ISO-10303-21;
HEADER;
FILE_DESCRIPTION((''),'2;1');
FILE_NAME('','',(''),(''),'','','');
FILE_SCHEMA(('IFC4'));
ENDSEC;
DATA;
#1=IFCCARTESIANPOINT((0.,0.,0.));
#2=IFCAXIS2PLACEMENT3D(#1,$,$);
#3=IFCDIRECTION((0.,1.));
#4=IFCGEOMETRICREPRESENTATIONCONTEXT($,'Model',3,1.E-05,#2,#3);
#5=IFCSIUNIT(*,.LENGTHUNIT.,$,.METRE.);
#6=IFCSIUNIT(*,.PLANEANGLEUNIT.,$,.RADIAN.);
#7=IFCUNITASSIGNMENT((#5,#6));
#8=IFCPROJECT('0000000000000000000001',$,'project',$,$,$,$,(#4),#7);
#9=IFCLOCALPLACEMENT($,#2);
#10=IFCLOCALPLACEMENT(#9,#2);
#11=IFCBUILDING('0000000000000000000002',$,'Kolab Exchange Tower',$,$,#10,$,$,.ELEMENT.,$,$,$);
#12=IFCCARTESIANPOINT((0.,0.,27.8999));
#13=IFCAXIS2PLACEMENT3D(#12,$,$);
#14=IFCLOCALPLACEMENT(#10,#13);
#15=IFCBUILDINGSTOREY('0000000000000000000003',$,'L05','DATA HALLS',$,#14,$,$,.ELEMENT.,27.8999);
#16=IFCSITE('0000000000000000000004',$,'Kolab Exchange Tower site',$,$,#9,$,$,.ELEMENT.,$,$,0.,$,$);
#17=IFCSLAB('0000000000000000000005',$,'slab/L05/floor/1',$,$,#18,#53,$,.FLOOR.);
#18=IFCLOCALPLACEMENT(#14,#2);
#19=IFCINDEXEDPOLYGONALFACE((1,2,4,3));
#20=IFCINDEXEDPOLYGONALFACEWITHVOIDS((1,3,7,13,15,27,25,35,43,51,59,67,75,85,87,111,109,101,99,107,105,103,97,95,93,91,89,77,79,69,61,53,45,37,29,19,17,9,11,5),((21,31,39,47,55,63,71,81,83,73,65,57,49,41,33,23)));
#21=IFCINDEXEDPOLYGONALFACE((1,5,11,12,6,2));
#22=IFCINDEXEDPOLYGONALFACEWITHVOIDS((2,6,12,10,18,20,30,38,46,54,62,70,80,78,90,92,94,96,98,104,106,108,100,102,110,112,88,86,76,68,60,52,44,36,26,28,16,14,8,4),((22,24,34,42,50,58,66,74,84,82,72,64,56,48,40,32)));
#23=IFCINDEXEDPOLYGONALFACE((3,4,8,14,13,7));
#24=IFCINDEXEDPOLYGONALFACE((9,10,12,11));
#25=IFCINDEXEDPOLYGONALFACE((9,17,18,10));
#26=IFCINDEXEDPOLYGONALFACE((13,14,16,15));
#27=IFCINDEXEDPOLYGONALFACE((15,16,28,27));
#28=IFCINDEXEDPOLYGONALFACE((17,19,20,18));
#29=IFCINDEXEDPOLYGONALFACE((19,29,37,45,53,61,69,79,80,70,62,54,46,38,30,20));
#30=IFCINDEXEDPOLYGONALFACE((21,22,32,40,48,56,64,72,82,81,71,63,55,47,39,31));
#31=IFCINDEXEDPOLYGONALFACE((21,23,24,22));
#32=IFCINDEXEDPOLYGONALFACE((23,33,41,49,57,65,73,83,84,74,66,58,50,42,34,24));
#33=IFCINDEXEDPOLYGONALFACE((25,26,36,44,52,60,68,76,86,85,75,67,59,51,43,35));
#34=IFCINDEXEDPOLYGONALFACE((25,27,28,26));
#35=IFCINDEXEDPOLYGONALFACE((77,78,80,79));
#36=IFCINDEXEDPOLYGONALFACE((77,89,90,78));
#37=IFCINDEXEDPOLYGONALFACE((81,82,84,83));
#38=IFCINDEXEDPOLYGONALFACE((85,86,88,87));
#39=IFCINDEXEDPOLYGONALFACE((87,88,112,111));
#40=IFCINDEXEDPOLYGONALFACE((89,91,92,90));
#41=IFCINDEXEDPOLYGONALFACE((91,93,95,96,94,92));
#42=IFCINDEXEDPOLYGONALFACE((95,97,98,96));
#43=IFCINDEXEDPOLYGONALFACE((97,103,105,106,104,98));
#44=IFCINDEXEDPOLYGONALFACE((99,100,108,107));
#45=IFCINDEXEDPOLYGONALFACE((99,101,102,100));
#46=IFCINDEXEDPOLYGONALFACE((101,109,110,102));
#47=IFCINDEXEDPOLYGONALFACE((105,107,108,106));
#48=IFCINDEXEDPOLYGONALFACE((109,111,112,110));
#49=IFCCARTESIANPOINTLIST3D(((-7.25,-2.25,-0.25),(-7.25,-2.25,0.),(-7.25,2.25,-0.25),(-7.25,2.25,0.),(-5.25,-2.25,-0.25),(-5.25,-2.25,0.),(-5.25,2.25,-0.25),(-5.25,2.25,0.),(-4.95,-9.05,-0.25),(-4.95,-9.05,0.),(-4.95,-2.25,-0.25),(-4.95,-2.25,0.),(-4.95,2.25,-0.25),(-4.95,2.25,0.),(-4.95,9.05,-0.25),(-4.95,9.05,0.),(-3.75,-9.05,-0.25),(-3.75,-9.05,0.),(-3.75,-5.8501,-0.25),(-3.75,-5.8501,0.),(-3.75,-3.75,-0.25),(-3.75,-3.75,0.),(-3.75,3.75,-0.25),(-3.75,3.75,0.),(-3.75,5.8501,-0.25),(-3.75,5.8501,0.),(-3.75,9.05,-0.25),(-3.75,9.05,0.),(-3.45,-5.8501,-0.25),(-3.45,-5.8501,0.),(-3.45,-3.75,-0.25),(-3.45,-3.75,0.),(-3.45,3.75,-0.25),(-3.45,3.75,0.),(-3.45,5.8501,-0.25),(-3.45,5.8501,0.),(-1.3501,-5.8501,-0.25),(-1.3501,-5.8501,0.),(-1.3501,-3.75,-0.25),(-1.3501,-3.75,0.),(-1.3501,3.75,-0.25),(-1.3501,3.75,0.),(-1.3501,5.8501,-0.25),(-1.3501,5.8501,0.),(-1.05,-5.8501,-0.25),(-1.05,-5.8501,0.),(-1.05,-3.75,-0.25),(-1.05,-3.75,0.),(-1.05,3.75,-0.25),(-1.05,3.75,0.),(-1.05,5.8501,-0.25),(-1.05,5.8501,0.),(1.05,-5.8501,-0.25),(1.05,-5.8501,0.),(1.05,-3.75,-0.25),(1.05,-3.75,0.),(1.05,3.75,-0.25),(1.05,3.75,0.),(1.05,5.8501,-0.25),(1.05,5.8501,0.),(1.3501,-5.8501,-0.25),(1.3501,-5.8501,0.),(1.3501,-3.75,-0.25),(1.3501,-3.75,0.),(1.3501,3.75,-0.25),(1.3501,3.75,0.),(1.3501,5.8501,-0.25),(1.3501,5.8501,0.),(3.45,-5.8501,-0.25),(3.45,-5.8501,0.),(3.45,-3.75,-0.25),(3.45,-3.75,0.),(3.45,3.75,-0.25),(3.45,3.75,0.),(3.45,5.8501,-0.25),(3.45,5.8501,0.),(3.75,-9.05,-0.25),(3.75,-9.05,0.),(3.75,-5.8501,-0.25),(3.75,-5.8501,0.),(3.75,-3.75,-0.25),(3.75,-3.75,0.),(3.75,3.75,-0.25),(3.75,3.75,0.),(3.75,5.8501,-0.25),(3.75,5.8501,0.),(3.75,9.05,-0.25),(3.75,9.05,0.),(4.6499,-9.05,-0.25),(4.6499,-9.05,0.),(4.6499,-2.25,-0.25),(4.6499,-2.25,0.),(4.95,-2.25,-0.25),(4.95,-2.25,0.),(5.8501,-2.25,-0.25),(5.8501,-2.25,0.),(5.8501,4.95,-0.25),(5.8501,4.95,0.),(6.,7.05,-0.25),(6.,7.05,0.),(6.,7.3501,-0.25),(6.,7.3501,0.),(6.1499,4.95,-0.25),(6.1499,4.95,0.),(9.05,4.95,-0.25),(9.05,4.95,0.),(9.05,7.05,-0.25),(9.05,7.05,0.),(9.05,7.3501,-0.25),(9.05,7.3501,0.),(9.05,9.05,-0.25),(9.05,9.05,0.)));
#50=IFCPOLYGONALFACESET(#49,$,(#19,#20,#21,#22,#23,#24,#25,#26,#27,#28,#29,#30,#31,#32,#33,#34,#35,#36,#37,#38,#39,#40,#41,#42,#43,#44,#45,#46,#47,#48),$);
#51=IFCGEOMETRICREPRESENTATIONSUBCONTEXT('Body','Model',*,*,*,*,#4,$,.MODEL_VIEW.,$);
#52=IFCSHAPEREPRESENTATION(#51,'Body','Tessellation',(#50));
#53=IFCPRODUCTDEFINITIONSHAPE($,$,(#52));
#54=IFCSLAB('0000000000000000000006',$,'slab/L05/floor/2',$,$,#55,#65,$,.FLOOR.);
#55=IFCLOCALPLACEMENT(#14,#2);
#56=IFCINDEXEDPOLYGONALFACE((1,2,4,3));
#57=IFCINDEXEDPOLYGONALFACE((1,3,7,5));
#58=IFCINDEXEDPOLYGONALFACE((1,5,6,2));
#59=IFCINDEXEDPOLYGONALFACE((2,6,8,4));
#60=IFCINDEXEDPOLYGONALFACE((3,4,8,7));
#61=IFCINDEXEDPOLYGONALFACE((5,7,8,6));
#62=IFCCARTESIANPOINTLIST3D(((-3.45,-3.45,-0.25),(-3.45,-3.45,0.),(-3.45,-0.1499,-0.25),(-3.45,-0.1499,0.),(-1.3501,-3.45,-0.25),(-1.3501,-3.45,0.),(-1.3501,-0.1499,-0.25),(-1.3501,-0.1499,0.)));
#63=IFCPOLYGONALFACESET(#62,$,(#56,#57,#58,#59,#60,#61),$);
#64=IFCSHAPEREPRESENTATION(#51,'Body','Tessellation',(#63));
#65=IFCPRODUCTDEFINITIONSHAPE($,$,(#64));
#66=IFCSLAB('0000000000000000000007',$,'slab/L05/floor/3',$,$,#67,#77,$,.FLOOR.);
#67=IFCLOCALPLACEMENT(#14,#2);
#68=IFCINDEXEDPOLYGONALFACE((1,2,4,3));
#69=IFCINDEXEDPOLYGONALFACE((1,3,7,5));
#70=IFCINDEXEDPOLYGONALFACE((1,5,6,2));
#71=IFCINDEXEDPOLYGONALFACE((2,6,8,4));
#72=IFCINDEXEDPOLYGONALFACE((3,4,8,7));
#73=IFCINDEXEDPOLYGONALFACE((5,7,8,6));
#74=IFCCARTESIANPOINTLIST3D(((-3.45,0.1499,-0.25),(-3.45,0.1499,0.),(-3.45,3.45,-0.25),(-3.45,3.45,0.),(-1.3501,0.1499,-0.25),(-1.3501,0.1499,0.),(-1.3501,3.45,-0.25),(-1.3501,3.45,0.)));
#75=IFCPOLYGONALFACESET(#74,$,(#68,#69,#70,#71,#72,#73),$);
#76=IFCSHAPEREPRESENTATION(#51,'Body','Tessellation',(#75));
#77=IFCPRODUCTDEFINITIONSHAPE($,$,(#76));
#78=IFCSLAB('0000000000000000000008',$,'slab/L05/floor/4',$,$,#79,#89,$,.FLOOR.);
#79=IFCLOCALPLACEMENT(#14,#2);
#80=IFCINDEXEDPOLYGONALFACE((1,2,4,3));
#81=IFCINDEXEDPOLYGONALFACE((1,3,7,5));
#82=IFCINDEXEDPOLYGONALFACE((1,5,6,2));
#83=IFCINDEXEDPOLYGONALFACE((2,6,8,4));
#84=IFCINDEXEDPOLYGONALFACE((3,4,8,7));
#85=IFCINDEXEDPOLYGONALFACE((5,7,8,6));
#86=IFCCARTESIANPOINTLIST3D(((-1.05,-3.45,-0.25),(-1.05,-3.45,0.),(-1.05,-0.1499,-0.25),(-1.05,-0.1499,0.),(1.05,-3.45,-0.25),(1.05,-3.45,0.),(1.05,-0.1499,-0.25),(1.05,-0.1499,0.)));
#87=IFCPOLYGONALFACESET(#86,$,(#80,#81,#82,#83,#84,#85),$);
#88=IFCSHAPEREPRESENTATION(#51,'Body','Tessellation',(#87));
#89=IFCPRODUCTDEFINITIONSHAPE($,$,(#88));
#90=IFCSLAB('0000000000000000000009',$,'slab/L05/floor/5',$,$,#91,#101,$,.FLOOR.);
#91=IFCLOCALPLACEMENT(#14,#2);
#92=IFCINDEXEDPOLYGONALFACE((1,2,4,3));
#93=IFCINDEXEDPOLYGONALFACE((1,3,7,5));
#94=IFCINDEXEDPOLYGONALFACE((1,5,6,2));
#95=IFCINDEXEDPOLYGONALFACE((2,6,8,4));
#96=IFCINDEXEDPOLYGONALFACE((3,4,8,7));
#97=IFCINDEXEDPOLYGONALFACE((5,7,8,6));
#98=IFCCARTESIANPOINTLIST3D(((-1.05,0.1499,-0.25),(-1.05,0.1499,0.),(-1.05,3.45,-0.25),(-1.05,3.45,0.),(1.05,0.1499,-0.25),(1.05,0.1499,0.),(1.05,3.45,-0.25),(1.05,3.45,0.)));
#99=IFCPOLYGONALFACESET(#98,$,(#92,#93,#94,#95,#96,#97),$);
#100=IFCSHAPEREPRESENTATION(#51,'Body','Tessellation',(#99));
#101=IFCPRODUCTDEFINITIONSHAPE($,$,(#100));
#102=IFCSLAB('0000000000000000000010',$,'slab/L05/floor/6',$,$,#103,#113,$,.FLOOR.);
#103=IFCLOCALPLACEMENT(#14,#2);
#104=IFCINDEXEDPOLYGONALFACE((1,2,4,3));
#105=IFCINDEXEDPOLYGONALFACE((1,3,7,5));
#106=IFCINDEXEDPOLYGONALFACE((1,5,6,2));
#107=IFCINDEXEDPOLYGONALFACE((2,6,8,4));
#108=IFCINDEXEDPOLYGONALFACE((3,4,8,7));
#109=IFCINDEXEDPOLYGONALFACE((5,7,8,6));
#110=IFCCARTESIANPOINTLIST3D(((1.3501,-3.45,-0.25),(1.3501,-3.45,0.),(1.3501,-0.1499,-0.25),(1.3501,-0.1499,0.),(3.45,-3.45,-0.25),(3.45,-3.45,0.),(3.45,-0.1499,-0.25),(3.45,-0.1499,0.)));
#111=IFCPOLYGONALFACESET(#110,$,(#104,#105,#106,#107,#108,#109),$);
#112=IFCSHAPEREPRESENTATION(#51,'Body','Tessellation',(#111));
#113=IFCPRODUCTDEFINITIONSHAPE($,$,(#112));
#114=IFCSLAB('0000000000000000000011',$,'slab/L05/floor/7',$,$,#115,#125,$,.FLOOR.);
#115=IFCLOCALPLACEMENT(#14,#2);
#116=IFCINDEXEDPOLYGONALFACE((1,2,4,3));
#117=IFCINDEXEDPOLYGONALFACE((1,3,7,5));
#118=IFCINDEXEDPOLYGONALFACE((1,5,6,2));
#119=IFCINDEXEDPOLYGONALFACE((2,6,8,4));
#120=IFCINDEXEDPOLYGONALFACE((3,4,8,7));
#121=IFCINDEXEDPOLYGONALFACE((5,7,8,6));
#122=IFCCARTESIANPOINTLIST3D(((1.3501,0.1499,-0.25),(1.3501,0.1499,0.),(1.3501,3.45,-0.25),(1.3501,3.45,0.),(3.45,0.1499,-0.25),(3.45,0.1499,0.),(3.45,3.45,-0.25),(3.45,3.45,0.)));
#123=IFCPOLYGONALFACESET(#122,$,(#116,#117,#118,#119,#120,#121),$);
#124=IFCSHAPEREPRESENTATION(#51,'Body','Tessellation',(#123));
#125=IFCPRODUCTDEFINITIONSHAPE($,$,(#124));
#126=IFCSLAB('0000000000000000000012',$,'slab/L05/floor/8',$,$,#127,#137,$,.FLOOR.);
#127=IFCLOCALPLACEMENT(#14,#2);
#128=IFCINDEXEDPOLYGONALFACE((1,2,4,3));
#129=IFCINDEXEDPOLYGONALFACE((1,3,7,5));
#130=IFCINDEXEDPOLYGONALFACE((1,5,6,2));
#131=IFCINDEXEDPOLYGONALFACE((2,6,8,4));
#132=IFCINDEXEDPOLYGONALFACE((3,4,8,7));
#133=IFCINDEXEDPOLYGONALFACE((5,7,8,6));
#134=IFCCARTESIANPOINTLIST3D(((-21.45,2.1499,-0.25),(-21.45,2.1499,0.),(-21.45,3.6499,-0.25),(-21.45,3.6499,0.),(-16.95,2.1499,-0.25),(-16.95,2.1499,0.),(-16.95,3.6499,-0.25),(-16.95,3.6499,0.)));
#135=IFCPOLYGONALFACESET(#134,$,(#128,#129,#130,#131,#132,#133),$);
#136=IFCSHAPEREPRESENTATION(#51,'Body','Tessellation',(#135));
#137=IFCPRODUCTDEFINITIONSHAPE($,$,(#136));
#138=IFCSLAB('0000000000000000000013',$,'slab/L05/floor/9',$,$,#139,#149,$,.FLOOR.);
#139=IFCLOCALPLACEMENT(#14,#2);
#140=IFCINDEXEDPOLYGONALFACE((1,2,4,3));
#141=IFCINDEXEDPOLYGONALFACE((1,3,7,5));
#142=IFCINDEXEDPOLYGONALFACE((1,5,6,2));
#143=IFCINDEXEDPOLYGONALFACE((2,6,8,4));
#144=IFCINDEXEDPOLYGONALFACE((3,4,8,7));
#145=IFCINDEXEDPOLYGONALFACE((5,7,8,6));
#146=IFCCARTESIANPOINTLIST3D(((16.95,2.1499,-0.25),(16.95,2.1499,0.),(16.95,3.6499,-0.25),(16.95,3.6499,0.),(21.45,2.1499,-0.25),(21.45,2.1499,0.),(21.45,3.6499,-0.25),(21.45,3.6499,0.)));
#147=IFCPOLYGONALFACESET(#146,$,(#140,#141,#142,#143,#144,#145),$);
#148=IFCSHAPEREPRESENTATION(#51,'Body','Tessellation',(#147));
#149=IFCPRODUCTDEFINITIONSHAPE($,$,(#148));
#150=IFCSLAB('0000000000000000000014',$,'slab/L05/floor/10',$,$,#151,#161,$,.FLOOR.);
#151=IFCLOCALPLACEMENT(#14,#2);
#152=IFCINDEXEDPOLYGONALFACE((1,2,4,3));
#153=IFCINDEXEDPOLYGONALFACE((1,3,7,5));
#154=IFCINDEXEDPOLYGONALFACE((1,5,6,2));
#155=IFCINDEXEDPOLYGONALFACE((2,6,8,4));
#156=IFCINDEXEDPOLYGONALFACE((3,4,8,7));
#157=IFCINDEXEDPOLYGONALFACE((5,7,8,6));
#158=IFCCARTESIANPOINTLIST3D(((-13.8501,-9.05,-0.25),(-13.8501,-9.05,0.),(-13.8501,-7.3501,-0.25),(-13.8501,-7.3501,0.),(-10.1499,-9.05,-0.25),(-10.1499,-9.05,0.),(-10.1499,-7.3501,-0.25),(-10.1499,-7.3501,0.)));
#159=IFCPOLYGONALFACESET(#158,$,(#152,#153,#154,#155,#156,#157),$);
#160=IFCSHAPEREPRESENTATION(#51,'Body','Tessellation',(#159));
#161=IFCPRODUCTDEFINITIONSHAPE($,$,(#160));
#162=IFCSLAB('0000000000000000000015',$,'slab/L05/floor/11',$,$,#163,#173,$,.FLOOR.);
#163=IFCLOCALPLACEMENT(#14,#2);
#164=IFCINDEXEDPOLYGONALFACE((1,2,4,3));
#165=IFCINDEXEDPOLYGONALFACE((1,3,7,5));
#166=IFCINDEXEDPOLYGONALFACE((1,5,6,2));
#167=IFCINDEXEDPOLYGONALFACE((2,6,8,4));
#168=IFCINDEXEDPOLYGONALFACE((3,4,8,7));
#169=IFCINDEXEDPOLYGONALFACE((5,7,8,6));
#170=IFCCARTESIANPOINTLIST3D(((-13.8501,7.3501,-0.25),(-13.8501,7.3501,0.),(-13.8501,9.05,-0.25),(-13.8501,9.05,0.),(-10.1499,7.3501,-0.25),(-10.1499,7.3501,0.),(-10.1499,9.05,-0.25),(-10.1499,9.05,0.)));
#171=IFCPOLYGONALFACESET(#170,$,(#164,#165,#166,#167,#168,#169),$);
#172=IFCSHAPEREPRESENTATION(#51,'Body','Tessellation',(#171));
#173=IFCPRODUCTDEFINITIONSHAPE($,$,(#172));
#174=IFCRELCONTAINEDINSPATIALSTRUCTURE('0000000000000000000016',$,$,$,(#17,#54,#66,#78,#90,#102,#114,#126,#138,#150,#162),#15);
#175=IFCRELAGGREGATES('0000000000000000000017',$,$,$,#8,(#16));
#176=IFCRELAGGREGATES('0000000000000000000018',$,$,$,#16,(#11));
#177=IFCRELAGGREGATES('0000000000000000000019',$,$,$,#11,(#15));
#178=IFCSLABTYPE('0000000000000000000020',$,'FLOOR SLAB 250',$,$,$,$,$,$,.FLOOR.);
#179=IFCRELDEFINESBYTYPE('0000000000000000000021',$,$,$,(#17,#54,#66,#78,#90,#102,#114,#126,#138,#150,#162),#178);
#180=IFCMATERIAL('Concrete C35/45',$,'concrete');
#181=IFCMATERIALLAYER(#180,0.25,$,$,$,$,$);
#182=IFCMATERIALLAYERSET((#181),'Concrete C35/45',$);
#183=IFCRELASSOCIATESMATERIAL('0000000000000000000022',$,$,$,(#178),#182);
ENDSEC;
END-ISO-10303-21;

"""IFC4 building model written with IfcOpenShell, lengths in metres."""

from ifc_helpers import new_model, si_unit, direction, frame, origin, place, context, subcontext, project, spatial, polyline, outline, extrude, material, layer, layer_set, type_object, element, save


model = new_model("IFC4")

# Units and contexts
model_context = context("Model", 3, precision=1e-05, world=origin(), true_north=direction((0.0, 1.0)))
body_context = subcontext(model_context, "Body", "Model", "MODEL_VIEW")
ifc_project = project(units=[si_unit("LENGTHUNIT", "METRE"), si_unit("PLANEANGLEUNIT", "RADIAN")], contexts=[model_context])

# Site, building, storey
site_placement = place(None, origin())
site = spatial("IfcSite", under=ifc_project, at=site_placement, Name="Kolab Exchange Tower site", CompositionType="ELEMENT", RefElevation=0.0)
building_placement = place(site_placement, origin())
building = spatial("IfcBuilding", under=site, at=building_placement, Name="Kolab Exchange Tower", CompositionType="ELEMENT")
storey_placement = place(building_placement, frame((0.0, 0.0, 27.8999)))
storey = spatial("IfcBuildingStorey", under=building, at=storey_placement, Name="L05", Description="DATA HALLS", CompositionType="ELEMENT", Elevation=27.8999)

# Slabs
ifc_material_1 = material(Name="Concrete C35/45", Category="concrete")
ifc_layer_1 = layer(ifc_material_1, 0.25)
ifc_layer_set_1 = layer_set([ifc_layer_1], Name="Concrete C35/45")
slab_type = type_object("IfcSlabType", Name="FLOOR SLAB 250", PredefinedType="FLOOR", material=ifc_layer_set_1)
slab_1_placement = place(storey_placement, frame((0.0, 0.0, -0.25)))
element("IfcSlab", 1, at=slab_1_placement, inside=storey, type_object=slab_type, Name="slab/L05/floor/1", PredefinedType="FLOOR", context=body_context, shape_type="SweptSolid", body=[
    extrude(outline(polyline([(-5.25, 2.25), (-7.25, 2.25), (-7.25, -2.25), (-5.25, -2.25), (-4.95, -2.25), (-4.95, -9.05), (-3.75, -9.05), (-3.75, -5.8501), (-3.45, -5.8501), (-1.3501, -5.8501), (-1.05, -5.8501), (1.05, -5.8501), (1.3501, -5.8501), (3.45, -5.8501), (3.75, -5.8501), (3.75, -9.05), (4.6499, -9.05), (4.6499, -2.25), (4.95, -2.25), (5.8501, -2.25), (5.8501, 4.95), (6.1499, 4.95), (9.05, 4.95), (9.05, 7.05), (6.0, 7.05), (6.0, 7.3501), (9.05, 7.3501), (9.05, 9.05), (3.75, 9.05), (3.75, 5.8501), (3.45, 5.8501), (1.3501, 5.8501), (1.05, 5.8501), (-1.05, 5.8501), (-1.3501, 5.8501), (-3.45, 5.8501), (-3.75, 5.8501), (-3.75, 9.05), (-4.95, 9.05), (-4.95, 2.25), (-5.25, 2.25)]), holes=[polyline([(-1.3501, 3.75), (-1.05, 3.75), (1.05, 3.75), (1.3501, 3.75), (3.45, 3.75), (3.75, 3.75), (3.75, -3.75), (3.45, -3.75), (1.3501, -3.75), (1.05, -3.75), (-1.05, -3.75), (-1.3501, -3.75), (-3.45, -3.75), (-3.75, -3.75), (-3.75, 3.75), (-3.45, 3.75), (-1.3501, 3.75)])]), origin(), (0.0, 0.0, 1.0), 0.25),
])
slab_2_placement = place(storey_placement, frame((0.0, 0.0, -0.25)))
element("IfcSlab", 2, at=slab_2_placement, inside=storey, type_object=slab_type, Name="slab/L05/floor/2", PredefinedType="FLOOR", context=body_context, shape_type="SweptSolid", body=[
    extrude(outline(polyline([(-3.45, -3.45), (-1.3501, -3.45), (-1.3501, -0.1499), (-3.45, -0.1499), (-3.45, -3.45)])), origin(), (0.0, 0.0, 1.0), 0.25),
])
slab_3_placement = place(storey_placement, frame((0.0, 0.0, -0.25)))
element("IfcSlab", 3, at=slab_3_placement, inside=storey, type_object=slab_type, Name="slab/L05/floor/3", PredefinedType="FLOOR", context=body_context, shape_type="SweptSolid", body=[
    extrude(outline(polyline([(-1.3501, 0.1499), (-1.3501, 3.45), (-3.45, 3.45), (-3.45, 0.1499), (-1.3501, 0.1499)])), origin(), (0.0, 0.0, 1.0), 0.25),
])
slab_4_placement = place(storey_placement, frame((0.0, 0.0, -0.25)))
element("IfcSlab", 4, at=slab_4_placement, inside=storey, type_object=slab_type, Name="slab/L05/floor/4", PredefinedType="FLOOR", context=body_context, shape_type="SweptSolid", body=[
    extrude(outline(polyline([(-1.05, -0.1499), (-1.05, -3.45), (1.05, -3.45), (1.05, -0.1499), (-1.05, -0.1499)])), origin(), (0.0, 0.0, 1.0), 0.25),
])
slab_5_placement = place(storey_placement, frame((0.0, 0.0, -0.25)))
element("IfcSlab", 5, at=slab_5_placement, inside=storey, type_object=slab_type, Name="slab/L05/floor/5", PredefinedType="FLOOR", context=body_context, shape_type="SweptSolid", body=[
    extrude(outline(polyline([(-1.05, 3.45), (-1.05, 0.1499), (1.05, 0.1499), (1.05, 3.45), (-1.05, 3.45)])), origin(), (0.0, 0.0, 1.0), 0.25),
])
slab_6_placement = place(storey_placement, frame((0.0, 0.0, -0.25)))
element("IfcSlab", 6, at=slab_6_placement, inside=storey, type_object=slab_type, Name="slab/L05/floor/6", PredefinedType="FLOOR", context=body_context, shape_type="SweptSolid", body=[
    extrude(outline(polyline([(1.3501, -3.45), (3.45, -3.45), (3.45, -0.1499), (1.3501, -0.1499), (1.3501, -3.45)])), origin(), (0.0, 0.0, 1.0), 0.25),
])
slab_7_placement = place(storey_placement, frame((0.0, 0.0, -0.25)))
element("IfcSlab", 7, at=slab_7_placement, inside=storey, type_object=slab_type, Name="slab/L05/floor/7", PredefinedType="FLOOR", context=body_context, shape_type="SweptSolid", body=[
    extrude(outline(polyline([(1.3501, 0.1499), (3.45, 0.1499), (3.45, 3.45), (1.3501, 3.45), (1.3501, 0.1499)])), origin(), (0.0, 0.0, 1.0), 0.25),
])
slab_8_placement = place(storey_placement, frame((0.0, 0.0, -0.25)))
element("IfcSlab", 8, at=slab_8_placement, inside=storey, type_object=slab_type, Name="slab/L05/floor/8", PredefinedType="FLOOR", context=body_context, shape_type="SweptSolid", body=[
    extrude(outline(polyline([(-21.45, 3.6499), (-21.45, 2.1499), (-16.95, 2.1499), (-16.95, 3.6499), (-21.45, 3.6499)])), origin(), (0.0, 0.0, 1.0), 0.25),
])
slab_9_placement = place(storey_placement, frame((0.0, 0.0, -0.25)))
element("IfcSlab", 9, at=slab_9_placement, inside=storey, type_object=slab_type, Name="slab/L05/floor/9", PredefinedType="FLOOR", context=body_context, shape_type="SweptSolid", body=[
    extrude(outline(polyline([(21.45, 3.6499), (16.95, 3.6499), (16.95, 2.1499), (21.45, 2.1499), (21.45, 3.6499)])), origin(), (0.0, 0.0, 1.0), 0.25),
])
slab_10_placement = place(storey_placement, frame((0.0, 0.0, -0.25)))
element("IfcSlab", 10, at=slab_10_placement, inside=storey, type_object=slab_type, Name="slab/L05/floor/10", PredefinedType="FLOOR", context=body_context, shape_type="SweptSolid", body=[
    extrude(outline(polyline([(-10.1499, -9.05), (-10.1499, -7.3501), (-13.8501, -7.3501), (-13.8501, -9.05), (-10.1499, -9.05)])), origin(), (0.0, 0.0, 1.0), 0.25),
])
slab_11_placement = place(storey_placement, frame((0.0, 0.0, -0.25)))
element("IfcSlab", 11, at=slab_11_placement, inside=storey, type_object=slab_type, Name="slab/L05/floor/11", PredefinedType="FLOOR", context=body_context, shape_type="SweptSolid", body=[
    extrude(outline(polyline([(-13.8501, 7.3501), (-10.1499, 7.3501), (-10.1499, 9.05), (-13.8501, 9.05), (-13.8501, 7.3501)])), origin(), (0.0, 0.0, 1.0), 0.25),
])

save(model, "model.ifc")
